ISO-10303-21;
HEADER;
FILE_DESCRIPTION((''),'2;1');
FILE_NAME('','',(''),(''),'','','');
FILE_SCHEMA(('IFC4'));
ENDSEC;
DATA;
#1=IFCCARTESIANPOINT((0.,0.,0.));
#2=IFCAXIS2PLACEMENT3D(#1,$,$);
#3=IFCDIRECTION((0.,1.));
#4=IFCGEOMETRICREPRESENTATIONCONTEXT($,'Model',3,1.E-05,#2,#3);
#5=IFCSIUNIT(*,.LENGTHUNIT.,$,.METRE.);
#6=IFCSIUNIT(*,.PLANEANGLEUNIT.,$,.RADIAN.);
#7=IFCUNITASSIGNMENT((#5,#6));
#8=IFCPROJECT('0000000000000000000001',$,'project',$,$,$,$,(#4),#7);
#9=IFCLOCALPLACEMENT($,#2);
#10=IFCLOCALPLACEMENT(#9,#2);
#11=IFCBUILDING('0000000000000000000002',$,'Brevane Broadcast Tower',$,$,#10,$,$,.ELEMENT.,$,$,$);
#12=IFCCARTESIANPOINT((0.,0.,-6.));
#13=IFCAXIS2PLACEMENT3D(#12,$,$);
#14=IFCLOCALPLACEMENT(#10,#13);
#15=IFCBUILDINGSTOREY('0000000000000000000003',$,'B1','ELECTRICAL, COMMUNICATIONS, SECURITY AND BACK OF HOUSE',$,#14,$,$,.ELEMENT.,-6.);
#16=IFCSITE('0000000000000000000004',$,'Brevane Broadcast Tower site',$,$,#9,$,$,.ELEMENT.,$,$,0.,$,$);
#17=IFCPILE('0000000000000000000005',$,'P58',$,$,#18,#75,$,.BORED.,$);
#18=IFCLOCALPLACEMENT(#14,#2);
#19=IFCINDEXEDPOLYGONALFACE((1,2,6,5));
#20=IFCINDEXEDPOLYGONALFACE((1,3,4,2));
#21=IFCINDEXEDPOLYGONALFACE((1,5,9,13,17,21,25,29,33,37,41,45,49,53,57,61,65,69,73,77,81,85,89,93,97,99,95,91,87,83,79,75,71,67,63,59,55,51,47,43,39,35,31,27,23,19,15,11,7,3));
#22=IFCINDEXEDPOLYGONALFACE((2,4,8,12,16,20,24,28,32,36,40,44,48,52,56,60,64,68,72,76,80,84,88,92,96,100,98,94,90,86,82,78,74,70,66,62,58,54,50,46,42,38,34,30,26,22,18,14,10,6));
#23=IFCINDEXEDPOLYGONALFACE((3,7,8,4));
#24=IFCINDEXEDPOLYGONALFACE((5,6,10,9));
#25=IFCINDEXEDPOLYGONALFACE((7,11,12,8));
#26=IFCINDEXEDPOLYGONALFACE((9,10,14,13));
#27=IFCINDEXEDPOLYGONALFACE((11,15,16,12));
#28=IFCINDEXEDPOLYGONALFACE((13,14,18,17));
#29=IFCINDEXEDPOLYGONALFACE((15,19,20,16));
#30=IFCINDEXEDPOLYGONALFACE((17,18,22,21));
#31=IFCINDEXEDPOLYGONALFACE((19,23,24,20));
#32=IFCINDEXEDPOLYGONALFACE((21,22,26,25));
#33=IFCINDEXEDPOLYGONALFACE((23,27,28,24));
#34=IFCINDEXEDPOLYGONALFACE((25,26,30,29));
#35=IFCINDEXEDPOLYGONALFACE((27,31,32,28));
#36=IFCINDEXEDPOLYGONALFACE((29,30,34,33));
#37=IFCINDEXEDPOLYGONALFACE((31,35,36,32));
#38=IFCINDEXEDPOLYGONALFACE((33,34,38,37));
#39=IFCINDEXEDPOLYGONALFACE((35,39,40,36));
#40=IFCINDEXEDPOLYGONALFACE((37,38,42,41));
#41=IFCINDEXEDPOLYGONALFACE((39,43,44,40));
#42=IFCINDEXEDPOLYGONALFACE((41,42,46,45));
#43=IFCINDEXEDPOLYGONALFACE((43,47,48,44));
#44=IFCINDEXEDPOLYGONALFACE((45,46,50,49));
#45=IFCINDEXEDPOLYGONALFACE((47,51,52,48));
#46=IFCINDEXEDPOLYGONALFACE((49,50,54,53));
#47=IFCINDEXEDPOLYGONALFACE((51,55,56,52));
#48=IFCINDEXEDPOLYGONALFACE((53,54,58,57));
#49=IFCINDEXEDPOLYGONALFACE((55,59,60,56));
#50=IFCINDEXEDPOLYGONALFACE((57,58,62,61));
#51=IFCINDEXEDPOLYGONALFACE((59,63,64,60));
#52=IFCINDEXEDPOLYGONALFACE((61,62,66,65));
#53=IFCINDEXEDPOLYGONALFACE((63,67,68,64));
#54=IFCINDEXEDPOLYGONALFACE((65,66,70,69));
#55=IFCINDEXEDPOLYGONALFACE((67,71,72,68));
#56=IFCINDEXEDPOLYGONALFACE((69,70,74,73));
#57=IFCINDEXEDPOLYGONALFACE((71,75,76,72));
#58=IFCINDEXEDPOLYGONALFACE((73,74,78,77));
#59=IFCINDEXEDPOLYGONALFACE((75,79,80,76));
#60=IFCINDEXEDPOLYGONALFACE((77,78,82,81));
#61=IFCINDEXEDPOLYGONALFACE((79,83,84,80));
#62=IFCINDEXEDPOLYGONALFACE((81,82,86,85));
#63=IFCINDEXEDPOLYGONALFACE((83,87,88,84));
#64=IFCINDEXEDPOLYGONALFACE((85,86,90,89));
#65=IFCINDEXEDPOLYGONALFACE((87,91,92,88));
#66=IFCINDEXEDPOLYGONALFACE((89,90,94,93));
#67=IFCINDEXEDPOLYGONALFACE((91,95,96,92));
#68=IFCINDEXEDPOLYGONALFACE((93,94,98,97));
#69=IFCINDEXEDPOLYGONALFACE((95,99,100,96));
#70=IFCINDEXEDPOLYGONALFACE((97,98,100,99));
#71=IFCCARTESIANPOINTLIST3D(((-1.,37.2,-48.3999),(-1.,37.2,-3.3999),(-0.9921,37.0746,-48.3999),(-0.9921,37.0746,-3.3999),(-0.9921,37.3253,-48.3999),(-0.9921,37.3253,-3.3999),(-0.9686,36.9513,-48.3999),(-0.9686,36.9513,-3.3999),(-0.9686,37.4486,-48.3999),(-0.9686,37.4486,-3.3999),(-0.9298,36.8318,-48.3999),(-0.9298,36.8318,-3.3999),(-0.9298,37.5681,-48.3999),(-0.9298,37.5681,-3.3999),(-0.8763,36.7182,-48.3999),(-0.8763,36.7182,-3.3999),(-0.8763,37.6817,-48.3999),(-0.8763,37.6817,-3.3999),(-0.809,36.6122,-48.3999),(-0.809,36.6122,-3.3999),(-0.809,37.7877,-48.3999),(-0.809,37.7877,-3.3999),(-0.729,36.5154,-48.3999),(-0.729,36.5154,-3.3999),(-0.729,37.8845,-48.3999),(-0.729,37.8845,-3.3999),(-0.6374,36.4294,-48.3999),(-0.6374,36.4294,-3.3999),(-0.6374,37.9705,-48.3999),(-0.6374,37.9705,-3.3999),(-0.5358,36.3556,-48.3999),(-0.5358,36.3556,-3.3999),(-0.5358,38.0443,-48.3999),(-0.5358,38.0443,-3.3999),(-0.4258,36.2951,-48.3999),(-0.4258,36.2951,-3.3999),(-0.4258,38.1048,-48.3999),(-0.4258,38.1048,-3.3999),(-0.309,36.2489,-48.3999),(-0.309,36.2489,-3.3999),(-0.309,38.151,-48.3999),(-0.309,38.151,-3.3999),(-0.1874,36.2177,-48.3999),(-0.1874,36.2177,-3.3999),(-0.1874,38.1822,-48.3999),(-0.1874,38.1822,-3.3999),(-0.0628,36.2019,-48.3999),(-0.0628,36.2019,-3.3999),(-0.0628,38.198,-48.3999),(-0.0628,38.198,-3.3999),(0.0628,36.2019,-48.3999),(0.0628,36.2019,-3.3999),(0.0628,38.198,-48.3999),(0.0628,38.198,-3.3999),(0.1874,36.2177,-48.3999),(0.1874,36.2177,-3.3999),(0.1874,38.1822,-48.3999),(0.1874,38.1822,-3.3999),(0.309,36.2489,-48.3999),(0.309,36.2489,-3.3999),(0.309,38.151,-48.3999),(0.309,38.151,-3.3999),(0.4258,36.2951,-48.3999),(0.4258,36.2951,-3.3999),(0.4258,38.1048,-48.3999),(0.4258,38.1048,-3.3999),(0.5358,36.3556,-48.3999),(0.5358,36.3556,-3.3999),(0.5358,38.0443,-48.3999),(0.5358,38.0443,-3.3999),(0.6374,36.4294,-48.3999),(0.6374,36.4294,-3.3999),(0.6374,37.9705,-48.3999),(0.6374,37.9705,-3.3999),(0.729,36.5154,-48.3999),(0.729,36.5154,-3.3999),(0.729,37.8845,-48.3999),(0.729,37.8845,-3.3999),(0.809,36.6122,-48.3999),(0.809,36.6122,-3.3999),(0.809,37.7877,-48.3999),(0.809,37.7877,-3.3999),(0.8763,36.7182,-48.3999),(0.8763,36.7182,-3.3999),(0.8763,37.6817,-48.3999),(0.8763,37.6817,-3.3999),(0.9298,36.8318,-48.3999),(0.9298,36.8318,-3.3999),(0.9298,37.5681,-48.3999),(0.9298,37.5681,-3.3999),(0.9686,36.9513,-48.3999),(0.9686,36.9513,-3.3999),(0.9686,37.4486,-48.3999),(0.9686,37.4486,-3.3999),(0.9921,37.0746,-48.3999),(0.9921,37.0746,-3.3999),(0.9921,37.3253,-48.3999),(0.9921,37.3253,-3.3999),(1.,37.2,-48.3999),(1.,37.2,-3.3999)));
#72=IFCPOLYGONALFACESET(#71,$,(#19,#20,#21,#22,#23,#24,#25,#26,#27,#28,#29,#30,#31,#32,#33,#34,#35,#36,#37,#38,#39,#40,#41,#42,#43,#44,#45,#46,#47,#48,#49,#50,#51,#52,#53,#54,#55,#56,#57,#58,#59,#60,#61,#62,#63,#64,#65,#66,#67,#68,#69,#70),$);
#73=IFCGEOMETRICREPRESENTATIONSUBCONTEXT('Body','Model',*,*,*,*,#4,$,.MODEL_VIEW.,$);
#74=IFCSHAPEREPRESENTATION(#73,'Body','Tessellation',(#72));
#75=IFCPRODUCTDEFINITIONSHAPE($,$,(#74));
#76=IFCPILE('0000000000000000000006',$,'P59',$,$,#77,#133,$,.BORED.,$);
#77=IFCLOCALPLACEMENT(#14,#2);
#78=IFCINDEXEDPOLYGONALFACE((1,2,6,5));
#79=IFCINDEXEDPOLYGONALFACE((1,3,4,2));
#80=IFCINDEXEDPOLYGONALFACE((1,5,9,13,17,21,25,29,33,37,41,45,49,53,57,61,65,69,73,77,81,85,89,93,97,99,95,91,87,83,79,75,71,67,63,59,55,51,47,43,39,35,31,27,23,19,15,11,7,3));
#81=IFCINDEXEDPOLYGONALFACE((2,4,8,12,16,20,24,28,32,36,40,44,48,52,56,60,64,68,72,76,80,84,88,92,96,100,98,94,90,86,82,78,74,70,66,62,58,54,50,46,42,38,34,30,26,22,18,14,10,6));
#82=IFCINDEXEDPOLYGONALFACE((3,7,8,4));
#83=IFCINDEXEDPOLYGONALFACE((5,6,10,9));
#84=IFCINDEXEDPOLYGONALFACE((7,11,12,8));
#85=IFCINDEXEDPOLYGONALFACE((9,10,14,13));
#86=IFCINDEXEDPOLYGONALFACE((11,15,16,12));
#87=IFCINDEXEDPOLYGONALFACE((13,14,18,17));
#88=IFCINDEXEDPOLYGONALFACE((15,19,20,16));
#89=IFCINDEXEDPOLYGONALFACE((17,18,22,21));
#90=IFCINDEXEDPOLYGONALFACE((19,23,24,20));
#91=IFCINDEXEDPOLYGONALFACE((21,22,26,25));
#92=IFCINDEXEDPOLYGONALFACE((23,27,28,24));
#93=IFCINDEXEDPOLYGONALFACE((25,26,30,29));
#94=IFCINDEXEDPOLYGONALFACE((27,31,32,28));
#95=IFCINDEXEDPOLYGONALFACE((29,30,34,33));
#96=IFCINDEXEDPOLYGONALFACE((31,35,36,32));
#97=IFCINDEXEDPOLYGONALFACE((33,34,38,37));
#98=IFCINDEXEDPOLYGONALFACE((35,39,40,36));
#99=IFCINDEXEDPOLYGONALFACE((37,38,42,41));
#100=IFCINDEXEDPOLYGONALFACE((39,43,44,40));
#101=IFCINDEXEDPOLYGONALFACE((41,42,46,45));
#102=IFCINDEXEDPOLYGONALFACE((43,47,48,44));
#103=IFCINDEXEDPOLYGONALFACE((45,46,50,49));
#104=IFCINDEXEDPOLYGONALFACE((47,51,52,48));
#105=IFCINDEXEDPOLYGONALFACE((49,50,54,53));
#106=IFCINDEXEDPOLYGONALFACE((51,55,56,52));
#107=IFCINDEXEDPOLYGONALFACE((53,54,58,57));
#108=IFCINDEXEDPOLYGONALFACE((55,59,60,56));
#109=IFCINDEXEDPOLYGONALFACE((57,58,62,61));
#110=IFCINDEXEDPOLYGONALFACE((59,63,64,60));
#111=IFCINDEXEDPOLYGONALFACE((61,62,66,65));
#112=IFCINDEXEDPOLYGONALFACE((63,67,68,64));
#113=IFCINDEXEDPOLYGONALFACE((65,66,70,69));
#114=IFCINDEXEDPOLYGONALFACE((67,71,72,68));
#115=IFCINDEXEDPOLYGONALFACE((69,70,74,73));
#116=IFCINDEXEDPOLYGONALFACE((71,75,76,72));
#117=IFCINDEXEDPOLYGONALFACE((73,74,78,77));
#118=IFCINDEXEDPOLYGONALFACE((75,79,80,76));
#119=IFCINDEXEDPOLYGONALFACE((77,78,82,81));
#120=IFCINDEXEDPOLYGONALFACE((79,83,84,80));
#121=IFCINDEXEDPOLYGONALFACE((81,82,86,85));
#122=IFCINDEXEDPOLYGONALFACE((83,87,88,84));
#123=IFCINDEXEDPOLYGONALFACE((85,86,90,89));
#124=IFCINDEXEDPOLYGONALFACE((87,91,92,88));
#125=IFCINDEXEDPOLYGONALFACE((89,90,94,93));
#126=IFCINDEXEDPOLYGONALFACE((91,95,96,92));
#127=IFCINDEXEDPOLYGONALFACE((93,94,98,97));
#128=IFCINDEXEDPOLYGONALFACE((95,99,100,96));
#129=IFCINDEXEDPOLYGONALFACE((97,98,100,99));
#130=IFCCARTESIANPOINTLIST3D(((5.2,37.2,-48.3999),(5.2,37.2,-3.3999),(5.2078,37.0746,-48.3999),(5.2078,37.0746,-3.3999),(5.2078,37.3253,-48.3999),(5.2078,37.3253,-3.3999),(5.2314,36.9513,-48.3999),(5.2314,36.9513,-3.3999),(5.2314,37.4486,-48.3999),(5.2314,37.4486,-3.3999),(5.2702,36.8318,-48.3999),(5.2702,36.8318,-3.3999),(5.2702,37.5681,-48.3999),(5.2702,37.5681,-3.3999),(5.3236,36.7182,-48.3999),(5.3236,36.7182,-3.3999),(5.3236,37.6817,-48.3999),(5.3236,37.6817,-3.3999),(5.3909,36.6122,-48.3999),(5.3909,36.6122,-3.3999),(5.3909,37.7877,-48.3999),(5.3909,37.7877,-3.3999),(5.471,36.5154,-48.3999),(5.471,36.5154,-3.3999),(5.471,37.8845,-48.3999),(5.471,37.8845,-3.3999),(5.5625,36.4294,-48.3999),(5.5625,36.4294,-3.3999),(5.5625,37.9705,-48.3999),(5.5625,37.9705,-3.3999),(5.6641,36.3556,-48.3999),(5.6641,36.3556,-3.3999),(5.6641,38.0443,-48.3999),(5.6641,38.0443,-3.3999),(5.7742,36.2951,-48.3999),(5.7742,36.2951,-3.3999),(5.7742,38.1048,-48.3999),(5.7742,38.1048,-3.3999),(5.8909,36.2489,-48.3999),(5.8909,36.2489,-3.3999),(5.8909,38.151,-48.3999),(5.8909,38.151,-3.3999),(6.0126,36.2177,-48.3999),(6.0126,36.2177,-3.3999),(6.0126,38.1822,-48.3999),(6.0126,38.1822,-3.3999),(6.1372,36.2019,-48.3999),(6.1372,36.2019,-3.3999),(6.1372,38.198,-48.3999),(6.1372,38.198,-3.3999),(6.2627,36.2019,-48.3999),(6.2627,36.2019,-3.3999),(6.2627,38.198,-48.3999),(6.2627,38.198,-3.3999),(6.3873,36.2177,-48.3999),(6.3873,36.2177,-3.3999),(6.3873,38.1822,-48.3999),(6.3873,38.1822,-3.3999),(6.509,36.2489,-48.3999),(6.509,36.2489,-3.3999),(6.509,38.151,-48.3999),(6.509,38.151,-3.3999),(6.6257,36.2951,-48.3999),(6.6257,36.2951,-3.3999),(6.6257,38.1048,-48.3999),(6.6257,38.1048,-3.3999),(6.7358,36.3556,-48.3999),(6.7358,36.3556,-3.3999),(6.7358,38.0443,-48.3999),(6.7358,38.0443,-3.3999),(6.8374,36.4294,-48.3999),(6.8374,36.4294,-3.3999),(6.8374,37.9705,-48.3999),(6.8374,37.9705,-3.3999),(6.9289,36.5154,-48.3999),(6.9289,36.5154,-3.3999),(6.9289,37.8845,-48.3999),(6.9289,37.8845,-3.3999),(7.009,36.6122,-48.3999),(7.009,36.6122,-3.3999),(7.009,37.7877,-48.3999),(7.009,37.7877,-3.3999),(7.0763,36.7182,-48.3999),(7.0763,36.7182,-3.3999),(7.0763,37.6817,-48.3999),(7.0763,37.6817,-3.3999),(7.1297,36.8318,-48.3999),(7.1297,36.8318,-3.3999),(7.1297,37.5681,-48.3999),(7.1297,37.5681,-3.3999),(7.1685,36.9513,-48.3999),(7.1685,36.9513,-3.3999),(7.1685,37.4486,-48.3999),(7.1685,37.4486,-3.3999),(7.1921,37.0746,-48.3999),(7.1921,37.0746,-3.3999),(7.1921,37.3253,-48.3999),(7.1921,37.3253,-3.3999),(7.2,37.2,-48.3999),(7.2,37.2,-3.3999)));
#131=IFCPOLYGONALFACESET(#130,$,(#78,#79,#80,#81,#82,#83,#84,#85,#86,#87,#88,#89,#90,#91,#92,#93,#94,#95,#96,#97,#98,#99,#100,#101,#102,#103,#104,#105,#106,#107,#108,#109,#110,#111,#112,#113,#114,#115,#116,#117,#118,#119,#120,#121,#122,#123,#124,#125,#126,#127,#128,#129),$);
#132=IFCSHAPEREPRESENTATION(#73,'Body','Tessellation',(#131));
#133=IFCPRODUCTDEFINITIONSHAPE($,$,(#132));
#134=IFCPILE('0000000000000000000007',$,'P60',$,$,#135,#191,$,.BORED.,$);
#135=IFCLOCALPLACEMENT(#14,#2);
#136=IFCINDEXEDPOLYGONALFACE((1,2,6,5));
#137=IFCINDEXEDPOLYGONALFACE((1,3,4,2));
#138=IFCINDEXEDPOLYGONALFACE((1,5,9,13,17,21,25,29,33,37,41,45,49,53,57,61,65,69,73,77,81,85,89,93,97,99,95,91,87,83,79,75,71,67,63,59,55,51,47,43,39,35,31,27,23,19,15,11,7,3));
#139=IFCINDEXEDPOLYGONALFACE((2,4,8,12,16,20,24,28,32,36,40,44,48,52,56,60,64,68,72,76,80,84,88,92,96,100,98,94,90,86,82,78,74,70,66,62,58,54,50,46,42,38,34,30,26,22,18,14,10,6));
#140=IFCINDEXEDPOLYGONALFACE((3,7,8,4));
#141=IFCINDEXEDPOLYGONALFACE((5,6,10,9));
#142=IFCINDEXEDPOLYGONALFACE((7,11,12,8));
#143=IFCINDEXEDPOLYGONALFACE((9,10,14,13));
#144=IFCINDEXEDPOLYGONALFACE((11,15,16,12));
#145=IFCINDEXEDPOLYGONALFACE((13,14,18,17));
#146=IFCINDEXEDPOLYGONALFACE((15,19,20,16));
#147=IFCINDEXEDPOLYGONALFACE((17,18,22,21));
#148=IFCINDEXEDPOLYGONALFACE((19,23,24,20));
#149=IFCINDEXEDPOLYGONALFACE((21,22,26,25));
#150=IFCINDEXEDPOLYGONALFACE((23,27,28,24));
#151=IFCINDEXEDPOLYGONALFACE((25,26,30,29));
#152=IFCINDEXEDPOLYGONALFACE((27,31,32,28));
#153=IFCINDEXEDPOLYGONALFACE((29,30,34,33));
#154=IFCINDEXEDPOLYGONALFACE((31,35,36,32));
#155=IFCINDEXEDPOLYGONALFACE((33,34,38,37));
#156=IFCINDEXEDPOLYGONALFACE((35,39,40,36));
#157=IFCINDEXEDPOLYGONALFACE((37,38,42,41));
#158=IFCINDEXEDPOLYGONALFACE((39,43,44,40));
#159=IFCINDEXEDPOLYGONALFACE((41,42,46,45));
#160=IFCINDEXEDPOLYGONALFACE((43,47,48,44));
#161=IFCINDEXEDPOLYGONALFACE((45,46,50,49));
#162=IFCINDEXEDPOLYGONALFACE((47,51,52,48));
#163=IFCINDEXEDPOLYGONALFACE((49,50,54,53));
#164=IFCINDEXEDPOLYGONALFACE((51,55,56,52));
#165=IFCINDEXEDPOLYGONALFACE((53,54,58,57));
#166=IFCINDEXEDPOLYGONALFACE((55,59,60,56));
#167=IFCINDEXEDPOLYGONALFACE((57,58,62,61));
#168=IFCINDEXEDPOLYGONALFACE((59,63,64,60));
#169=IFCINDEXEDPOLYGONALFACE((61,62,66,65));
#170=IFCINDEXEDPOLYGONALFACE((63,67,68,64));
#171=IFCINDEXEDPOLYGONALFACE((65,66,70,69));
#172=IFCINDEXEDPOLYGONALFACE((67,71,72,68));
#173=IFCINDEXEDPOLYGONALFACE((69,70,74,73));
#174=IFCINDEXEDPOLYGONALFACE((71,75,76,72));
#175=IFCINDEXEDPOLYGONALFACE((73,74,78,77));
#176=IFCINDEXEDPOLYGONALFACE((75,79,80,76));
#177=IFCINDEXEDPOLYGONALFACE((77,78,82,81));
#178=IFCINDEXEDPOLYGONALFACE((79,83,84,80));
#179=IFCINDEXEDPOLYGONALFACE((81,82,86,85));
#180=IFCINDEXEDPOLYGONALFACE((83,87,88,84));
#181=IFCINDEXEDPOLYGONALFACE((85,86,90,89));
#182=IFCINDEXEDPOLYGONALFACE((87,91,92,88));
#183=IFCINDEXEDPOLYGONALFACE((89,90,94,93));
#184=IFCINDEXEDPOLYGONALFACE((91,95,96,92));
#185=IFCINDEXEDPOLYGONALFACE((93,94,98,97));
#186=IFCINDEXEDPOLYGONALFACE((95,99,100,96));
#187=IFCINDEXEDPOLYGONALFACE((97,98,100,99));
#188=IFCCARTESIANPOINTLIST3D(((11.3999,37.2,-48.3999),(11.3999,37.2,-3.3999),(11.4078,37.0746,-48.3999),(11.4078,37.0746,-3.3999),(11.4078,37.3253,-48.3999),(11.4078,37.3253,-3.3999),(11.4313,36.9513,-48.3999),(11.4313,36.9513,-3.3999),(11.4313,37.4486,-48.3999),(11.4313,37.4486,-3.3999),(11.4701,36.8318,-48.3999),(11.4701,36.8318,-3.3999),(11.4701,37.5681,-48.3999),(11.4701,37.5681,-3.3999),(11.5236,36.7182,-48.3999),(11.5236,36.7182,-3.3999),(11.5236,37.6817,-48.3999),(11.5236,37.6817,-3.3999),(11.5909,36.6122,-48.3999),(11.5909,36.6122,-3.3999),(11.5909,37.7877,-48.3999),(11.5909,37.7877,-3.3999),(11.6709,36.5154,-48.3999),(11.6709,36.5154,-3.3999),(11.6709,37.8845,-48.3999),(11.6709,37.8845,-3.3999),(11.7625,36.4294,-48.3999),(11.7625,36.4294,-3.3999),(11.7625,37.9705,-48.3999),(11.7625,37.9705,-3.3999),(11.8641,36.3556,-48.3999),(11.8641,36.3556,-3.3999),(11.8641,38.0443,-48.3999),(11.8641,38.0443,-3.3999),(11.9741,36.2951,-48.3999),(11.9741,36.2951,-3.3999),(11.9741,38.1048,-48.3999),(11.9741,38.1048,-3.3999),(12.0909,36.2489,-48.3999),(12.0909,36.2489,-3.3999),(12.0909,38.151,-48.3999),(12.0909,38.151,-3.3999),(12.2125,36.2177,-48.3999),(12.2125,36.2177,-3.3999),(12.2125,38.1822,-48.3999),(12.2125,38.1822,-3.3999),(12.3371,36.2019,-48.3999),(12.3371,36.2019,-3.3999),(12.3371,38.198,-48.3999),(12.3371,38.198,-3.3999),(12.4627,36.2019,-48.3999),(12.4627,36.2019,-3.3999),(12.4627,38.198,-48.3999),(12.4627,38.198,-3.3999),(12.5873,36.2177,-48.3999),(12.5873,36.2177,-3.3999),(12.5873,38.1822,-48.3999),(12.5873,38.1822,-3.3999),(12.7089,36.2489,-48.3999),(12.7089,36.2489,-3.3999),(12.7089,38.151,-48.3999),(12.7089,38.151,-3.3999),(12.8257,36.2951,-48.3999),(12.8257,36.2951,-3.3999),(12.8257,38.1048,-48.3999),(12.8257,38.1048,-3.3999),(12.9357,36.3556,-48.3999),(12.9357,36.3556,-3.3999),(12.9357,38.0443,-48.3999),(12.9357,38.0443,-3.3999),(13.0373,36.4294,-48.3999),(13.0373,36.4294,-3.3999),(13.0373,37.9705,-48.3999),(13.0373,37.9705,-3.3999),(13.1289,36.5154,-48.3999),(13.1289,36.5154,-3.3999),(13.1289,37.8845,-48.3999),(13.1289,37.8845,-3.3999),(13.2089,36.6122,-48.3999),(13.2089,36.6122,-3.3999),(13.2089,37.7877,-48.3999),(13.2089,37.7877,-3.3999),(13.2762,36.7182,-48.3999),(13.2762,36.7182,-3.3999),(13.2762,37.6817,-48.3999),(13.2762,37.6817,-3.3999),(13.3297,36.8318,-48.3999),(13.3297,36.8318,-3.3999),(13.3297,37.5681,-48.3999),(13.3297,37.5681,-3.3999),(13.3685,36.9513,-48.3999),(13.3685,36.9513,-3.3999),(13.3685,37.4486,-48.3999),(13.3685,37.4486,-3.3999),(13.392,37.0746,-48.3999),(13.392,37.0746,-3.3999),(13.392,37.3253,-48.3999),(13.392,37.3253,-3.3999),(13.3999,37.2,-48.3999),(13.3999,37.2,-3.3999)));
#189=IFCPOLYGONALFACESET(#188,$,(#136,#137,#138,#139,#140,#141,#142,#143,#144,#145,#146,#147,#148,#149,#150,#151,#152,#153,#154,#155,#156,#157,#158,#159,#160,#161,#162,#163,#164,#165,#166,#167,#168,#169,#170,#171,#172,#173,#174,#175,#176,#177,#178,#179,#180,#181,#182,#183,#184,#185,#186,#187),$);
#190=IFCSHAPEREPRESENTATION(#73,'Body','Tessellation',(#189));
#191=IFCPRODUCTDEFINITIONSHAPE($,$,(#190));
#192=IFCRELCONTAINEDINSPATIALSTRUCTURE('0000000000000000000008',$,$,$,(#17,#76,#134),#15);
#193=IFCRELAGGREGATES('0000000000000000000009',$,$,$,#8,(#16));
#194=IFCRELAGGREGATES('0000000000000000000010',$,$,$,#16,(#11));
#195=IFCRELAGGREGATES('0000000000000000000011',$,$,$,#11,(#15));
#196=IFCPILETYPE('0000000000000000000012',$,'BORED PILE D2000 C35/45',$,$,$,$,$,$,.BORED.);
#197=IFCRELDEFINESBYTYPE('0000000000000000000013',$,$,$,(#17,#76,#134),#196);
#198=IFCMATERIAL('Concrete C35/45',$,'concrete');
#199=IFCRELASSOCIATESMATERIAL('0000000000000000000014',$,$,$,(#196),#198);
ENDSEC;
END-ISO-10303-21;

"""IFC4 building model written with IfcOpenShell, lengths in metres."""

from ifc_helpers import new_model, si_unit, direction, frame, origin, origin_2d, place, context, subcontext, project, spatial, circle, extrude, material, material_profile, profile_set, type_object, element, save


model = new_model("IFC4")

# Units and contexts
model_context = context("Model", 3, precision=1e-05, world=origin(), true_north=direction((0.0, 1.0)))
body_context = subcontext(model_context, "Body", "Model", "MODEL_VIEW")
ifc_project = project(units=[si_unit("LENGTHUNIT", "METRE"), si_unit("PLANEANGLEUNIT", "RADIAN")], contexts=[model_context])

# Site, building, storey
site_placement = place(None, origin())
site = spatial("IfcSite", under=ifc_project, at=site_placement, Name="Brevane Broadcast Tower site", CompositionType="ELEMENT", RefElevation=0.0)
building_placement = place(site_placement, origin())
building = spatial("IfcBuilding", under=site, at=building_placement, Name="Brevane Broadcast Tower", CompositionType="ELEMENT")
storey_placement = place(building_placement, frame((0.0, 0.0, -6.0)))
storey = spatial("IfcBuildingStorey", under=building, at=storey_placement, Name="B1", Description="ELECTRICAL, COMMUNICATIONS, SECURITY AND BACK OF HOUSE", CompositionType="ELEMENT", Elevation=-6.0)

# Piles
ifc_material_1 = material(Name="Concrete C35/45", Category="concrete")
ifc_material_profile_1 = material_profile(ifc_material_1, circle(Radius=1.0, at=origin_2d()), Name="RC D2000")
ifc_profile_set_1 = profile_set([ifc_material_profile_1], Name="Concrete C35/45")
pile_type = type_object("IfcPileType", Name="BORED PILE D2000 C35/45", PredefinedType="BORED", material=ifc_profile_set_1)
for number, where, z_axis, x_axis, name in (
    (1, (0.0, 37.2, -3.3999), (0.0, 0.0, -1.0), (1.0, 0.0, 0.0), "P58"),
    (2, (6.2, 37.2, -3.3999), (0.0, 0.0, -1.0), (1.0, 0.0, 0.0), "P59"),
    (3, (12.3999, 37.2, -3.3999), (0.0, 0.0, -1.0), (1.0, 0.0, 0.0), "P60"),
):
    element("IfcPile", number, at=place(storey_placement, frame(where, z_axis=z_axis, x_axis=x_axis)), inside=storey, type_object=pile_type, Name=name, PredefinedType="BORED", context=body_context, shape_type="SweptSolid", body=[
        extrude(circle(Radius=1.0, at=origin_2d()), origin(), (0.0, 0.0, 1.0), 45.0),
    ])

save(model, "model.ifc")
